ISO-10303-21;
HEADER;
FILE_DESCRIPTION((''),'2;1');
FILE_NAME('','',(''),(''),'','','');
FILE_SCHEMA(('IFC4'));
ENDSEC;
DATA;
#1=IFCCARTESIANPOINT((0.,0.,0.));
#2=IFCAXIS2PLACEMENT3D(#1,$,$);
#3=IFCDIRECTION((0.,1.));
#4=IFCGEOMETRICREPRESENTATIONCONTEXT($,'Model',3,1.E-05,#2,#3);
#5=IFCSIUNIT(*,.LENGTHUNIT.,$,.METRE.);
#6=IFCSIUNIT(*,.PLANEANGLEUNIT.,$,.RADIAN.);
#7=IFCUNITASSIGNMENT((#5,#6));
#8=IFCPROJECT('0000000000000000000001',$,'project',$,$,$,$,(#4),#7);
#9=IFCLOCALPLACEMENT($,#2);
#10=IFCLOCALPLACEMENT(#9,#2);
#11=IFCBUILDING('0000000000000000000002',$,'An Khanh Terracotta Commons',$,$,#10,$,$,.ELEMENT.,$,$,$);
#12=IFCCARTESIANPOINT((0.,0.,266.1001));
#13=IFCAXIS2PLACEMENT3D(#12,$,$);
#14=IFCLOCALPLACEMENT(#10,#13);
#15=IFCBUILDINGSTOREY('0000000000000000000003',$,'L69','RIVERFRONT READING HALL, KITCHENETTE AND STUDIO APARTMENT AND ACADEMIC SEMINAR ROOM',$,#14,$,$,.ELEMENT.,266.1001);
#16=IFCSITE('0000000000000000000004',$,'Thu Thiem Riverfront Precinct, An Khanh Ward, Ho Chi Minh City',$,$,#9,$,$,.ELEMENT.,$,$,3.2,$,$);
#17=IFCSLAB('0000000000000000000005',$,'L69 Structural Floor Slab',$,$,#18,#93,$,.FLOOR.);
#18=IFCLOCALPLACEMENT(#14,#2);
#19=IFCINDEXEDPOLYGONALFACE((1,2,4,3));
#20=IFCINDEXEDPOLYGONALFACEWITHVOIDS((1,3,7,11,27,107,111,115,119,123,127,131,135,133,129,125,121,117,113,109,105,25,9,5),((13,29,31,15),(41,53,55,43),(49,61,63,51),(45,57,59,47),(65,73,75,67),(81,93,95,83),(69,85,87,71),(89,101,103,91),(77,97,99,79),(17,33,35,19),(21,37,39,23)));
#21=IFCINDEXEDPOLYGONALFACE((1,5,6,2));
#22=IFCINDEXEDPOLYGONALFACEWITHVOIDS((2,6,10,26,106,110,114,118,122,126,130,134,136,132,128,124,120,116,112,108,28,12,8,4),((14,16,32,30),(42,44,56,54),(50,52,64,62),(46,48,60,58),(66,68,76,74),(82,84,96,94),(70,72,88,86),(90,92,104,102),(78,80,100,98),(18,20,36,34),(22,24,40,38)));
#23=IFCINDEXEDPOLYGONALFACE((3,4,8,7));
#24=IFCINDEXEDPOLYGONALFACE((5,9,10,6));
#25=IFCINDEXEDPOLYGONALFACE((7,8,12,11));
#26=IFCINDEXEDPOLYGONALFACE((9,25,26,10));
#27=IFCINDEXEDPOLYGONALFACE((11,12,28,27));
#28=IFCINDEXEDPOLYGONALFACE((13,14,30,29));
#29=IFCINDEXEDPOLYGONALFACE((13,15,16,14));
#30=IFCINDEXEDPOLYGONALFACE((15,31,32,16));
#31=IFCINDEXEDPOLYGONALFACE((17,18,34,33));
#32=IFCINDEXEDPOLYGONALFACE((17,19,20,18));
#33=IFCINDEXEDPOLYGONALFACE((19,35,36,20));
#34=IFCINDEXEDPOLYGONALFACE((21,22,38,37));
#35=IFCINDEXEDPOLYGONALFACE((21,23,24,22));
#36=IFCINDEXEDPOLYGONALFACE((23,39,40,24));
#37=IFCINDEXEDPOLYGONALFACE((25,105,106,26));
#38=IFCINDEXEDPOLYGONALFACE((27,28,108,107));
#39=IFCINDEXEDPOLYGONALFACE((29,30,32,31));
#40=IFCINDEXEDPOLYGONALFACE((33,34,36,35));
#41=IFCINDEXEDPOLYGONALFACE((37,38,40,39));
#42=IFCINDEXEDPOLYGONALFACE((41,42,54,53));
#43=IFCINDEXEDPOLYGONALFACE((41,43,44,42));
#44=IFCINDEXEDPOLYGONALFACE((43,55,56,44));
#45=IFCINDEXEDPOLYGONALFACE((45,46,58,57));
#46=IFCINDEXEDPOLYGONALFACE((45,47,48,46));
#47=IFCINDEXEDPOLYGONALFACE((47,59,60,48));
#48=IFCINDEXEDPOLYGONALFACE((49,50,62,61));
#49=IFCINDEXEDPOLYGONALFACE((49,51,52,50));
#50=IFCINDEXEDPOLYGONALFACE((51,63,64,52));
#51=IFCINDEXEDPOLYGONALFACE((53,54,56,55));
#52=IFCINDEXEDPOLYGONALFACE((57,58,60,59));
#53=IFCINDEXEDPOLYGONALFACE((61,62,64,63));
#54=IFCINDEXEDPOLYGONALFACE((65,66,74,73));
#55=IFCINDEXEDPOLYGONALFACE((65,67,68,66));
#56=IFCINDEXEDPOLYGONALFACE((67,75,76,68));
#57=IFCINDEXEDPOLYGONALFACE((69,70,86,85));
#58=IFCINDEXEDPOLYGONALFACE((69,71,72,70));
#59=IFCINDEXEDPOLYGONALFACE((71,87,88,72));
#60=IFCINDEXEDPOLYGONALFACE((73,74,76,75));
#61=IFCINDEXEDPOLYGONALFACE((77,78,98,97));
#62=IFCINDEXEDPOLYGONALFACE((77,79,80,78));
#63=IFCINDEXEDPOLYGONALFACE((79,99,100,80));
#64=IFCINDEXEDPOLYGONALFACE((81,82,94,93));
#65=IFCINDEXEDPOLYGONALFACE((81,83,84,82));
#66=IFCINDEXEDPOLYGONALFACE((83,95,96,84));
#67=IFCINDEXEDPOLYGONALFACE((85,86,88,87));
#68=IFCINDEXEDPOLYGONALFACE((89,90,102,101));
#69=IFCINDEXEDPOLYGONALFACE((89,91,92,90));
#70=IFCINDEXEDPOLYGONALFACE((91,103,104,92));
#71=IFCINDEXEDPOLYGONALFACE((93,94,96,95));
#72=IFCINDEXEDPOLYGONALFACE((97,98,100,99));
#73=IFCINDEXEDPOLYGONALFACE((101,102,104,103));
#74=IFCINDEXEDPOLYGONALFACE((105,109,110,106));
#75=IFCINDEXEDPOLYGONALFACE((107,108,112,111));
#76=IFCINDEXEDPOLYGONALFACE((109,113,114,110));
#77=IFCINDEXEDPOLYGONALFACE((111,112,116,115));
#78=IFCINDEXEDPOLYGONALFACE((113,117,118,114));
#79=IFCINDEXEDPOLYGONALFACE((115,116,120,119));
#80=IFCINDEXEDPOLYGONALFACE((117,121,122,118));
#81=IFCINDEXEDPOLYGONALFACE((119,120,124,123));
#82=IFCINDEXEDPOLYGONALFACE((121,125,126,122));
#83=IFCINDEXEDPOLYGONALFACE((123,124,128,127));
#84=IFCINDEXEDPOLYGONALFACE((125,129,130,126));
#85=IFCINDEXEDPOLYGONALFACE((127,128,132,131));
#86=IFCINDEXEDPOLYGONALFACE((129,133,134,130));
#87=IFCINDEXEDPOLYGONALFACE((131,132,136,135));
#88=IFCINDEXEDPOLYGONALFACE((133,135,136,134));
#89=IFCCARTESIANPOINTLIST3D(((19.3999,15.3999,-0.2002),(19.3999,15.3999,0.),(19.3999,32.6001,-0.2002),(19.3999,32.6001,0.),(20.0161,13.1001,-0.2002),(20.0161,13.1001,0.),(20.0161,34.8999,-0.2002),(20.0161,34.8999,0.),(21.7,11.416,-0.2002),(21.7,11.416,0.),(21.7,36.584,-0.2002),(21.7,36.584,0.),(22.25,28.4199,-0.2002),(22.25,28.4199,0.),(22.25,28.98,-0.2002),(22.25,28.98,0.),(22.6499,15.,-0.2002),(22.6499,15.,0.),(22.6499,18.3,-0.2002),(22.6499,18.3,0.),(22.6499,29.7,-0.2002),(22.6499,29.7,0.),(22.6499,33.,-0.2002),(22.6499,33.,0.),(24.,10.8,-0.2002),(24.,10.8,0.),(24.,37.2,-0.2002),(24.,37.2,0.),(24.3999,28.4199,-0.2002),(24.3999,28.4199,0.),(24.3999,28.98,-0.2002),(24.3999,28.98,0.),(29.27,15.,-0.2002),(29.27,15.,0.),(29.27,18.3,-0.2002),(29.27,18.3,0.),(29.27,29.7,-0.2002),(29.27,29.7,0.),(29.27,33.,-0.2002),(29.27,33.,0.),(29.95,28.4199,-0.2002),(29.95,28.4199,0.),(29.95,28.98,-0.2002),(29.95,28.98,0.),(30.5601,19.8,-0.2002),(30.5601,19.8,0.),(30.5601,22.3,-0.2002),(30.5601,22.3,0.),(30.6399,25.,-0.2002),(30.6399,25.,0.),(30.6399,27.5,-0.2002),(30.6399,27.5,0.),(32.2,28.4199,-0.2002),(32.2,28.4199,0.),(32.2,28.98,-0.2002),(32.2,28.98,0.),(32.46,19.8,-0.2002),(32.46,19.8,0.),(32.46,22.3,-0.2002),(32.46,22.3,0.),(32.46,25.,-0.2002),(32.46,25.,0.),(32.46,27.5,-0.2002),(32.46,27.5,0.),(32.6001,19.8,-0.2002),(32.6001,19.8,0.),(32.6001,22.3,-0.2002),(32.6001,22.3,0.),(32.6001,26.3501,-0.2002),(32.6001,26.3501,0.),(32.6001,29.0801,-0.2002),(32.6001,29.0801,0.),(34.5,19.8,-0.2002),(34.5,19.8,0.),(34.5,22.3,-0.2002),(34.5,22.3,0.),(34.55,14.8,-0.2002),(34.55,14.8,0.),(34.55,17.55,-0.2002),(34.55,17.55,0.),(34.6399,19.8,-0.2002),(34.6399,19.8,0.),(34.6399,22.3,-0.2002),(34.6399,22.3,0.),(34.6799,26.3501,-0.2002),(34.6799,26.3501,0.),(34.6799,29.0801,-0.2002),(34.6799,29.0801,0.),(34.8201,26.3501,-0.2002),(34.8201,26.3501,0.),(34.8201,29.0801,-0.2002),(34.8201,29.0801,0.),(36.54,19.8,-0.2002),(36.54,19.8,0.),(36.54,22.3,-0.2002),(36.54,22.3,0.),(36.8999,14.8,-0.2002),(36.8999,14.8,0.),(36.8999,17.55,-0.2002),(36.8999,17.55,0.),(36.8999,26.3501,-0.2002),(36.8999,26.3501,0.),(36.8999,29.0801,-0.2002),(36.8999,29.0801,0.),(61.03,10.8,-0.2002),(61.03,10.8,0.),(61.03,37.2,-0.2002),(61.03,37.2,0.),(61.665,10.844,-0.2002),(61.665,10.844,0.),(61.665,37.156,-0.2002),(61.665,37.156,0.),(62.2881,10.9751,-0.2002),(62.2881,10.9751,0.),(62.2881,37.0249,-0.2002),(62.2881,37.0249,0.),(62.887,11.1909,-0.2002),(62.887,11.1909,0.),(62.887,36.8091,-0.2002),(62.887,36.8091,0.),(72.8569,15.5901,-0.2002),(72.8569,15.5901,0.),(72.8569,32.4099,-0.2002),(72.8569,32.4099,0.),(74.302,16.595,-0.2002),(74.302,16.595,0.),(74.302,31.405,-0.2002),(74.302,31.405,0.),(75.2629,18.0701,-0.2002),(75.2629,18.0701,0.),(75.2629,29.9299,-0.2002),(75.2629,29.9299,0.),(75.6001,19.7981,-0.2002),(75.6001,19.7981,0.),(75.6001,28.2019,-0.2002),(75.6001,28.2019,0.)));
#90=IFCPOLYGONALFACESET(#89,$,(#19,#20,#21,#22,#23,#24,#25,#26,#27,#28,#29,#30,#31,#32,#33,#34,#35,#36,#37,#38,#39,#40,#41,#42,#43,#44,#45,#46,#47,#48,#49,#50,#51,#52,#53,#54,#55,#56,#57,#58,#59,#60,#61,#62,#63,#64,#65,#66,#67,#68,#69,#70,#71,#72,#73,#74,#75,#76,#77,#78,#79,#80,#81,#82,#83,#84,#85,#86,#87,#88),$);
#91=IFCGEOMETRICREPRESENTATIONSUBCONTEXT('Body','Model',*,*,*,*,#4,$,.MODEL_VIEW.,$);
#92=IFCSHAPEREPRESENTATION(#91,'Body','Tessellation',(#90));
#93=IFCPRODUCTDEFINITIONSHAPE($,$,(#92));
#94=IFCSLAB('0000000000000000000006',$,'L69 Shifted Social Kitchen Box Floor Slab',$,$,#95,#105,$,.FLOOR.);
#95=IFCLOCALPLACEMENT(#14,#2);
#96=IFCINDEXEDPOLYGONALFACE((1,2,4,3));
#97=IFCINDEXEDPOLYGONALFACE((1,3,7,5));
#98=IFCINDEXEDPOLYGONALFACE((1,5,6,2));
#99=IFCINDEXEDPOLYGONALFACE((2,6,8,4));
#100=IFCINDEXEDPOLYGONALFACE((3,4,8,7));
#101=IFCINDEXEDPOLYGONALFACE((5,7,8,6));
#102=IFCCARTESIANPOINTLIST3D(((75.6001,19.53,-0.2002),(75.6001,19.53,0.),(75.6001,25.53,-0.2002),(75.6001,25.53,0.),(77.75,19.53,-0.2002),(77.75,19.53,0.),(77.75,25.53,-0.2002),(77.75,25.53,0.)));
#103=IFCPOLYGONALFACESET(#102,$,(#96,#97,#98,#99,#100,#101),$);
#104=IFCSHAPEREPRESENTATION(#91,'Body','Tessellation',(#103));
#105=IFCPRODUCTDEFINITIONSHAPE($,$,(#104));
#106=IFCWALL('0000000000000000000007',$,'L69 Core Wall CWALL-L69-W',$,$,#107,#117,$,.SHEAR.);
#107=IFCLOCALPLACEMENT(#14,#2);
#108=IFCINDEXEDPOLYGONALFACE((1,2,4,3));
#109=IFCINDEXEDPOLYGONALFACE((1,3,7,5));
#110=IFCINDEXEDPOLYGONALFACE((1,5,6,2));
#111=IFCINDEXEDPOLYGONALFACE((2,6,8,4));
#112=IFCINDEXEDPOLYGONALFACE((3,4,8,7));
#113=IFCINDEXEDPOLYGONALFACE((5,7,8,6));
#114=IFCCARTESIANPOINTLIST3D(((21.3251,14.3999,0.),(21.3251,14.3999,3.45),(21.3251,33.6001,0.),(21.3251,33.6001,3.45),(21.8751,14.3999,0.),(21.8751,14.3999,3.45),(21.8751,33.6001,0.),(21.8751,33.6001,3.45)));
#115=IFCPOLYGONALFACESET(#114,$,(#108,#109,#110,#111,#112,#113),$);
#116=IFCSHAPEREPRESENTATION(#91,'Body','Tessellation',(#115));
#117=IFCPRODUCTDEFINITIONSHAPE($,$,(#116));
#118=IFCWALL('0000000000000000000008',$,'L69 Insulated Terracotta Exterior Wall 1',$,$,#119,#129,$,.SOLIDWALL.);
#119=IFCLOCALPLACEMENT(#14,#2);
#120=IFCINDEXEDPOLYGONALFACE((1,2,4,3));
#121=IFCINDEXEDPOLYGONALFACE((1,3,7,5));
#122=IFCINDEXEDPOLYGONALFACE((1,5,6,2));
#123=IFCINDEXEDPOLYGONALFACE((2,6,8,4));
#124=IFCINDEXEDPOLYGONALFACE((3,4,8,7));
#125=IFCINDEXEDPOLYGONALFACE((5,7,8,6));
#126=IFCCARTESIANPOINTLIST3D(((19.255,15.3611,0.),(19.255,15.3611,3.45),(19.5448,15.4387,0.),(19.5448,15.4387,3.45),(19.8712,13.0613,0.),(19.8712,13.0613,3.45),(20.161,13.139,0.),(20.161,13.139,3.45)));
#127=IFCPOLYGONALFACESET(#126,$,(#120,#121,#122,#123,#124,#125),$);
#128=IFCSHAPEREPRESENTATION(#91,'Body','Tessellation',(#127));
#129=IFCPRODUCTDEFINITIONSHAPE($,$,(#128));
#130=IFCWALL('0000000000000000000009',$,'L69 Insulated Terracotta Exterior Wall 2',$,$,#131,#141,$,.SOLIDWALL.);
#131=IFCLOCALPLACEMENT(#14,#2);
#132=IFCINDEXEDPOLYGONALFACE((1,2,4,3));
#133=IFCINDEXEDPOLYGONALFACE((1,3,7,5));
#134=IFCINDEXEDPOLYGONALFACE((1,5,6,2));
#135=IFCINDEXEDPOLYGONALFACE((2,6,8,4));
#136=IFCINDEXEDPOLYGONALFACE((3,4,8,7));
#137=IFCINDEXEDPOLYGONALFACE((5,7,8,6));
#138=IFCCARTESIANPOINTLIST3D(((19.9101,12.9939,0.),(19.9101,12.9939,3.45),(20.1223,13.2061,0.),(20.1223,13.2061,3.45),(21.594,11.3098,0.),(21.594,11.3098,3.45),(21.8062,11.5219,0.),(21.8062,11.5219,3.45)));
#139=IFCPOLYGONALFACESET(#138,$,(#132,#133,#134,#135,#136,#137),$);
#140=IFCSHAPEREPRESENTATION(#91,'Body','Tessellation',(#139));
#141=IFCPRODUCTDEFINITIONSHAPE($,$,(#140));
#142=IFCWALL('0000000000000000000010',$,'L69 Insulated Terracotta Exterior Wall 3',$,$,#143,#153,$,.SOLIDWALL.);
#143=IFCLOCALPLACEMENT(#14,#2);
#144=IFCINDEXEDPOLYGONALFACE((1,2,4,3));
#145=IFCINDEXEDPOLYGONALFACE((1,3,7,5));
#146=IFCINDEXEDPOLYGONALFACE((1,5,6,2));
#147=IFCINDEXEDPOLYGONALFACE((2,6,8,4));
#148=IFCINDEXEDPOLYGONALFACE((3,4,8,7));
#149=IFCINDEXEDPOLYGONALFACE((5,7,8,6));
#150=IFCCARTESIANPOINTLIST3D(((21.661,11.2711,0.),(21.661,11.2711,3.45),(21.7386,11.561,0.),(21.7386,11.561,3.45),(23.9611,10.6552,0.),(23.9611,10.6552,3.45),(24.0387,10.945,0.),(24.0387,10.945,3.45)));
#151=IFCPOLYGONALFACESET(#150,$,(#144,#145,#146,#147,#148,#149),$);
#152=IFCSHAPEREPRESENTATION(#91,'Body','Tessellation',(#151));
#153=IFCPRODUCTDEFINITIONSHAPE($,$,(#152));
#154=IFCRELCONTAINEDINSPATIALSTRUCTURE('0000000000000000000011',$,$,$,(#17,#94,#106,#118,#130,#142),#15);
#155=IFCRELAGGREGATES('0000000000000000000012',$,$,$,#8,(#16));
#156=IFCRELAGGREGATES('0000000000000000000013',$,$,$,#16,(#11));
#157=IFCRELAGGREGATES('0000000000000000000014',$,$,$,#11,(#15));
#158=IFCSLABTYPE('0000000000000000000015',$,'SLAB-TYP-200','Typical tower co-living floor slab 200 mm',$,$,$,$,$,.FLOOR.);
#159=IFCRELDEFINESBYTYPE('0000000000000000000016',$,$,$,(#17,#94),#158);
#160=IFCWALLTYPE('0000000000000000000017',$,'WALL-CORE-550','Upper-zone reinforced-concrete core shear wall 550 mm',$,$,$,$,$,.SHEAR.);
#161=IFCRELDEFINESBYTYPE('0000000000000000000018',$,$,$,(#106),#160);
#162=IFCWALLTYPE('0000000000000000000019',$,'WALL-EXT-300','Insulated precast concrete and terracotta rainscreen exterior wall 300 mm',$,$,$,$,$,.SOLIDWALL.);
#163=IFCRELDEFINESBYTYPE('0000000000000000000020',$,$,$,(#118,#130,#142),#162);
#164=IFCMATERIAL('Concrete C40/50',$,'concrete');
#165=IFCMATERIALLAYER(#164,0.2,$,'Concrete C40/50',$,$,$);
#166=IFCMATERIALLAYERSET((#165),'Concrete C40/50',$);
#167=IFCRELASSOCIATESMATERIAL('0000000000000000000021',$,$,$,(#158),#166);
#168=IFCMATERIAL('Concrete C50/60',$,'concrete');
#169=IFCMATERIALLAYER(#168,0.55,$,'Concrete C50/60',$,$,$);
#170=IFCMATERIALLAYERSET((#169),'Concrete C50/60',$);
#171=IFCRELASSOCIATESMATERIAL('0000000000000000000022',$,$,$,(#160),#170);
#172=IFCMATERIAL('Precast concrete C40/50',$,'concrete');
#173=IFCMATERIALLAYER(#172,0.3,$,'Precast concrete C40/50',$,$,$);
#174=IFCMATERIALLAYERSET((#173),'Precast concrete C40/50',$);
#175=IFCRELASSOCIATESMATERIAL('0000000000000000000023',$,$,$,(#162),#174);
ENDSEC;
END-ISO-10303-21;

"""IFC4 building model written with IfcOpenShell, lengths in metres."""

from ifc_helpers import new_model, si_unit, direction, frame, frame_2d, origin, place, context, subcontext, project, spatial, polyline, rectangle, outline, extrude, material, layer, layer_set, type_object, element, save


model = new_model("IFC4")

# Units and contexts
model_context = context("Model", 3, precision=1e-05, world=origin(), true_north=direction((0.0, 1.0)))
body_context = subcontext(model_context, "Body", "Model", "MODEL_VIEW")
ifc_project = project(units=[si_unit("LENGTHUNIT", "METRE"), si_unit("PLANEANGLEUNIT", "RADIAN")], contexts=[model_context])

# Site, building, storey
site_placement = place(None, origin())
site = spatial("IfcSite", under=ifc_project, at=site_placement, Name="Thu Thiem Riverfront Precinct, An Khanh Ward, Ho Chi Minh City", CompositionType="ELEMENT", RefElevation=3.2)
building_placement = place(site_placement, origin())
building = spatial("IfcBuilding", under=site, at=building_placement, Name="An Khanh Terracotta Commons", CompositionType="ELEMENT")
storey_placement = place(building_placement, frame((0.0, 0.0, 266.1001)))
storey = spatial("IfcBuildingStorey", under=building, at=storey_placement, Name="L69", Description="RIVERFRONT READING HALL, KITCHENETTE AND STUDIO APARTMENT AND ACADEMIC SEMINAR ROOM", CompositionType="ELEMENT", Elevation=266.1001)

# Shared definitions
ifc_material_1 = material(Name="Concrete C50/60", Category="concrete")

# Shared definitions
ifc_material_2 = material(Name="Concrete C40/50", Category="concrete")

# Shared definitions
ifc_material_3 = material(Name="Precast concrete C40/50", Category="concrete")

# Slabs
ifc_layer_1 = layer(ifc_material_2, 0.2, Name="Concrete C40/50")
ifc_layer_set_1 = layer_set([ifc_layer_1], Name="Concrete C40/50")
slab_type_1 = type_object("IfcSlabType", Name="SLAB-TYP-200", Description="Typical tower co-living floor slab 200 mm", PredefinedType="FLOOR", material=ifc_layer_set_1)
slab_1_placement = place(storey_placement, frame((0.0, 0.0, -0.2002)))
element("IfcSlab", 1, at=slab_1_placement, inside=storey, type_object=slab_type_1, Name="L69 Structural Floor Slab", PredefinedType="FLOOR", context=body_context, shape_type="SweptSolid", body=[
    extrude(outline(polyline([(19.3999, 15.3999), (20.0161, 13.1001), (21.7, 11.416), (24.0, 10.8), (61.03, 10.8), (61.665, 10.844), (62.2881, 10.9751), (62.887, 11.1909), (72.8569, 15.5901), (74.302, 16.595), (75.2629, 18.0701), (75.6001, 19.7981), (75.6001, 28.2019), (75.2629, 29.9299), (74.302, 31.405), (72.8569, 32.4099), (62.887, 36.8091), (62.2881, 37.0249), (61.665, 37.156), (61.03, 37.2), (24.0, 37.2), (21.7, 36.584), (20.0161, 34.8999), (19.3999, 32.6001), (19.3999, 15.3999)]), holes=[polyline([(22.6499, 29.7), (29.27, 29.7), (29.27, 33.0), (22.6499, 33.0), (22.6499, 29.7)]), polyline([(22.6499, 15.0), (29.27, 15.0), (29.27, 18.3), (22.6499, 18.3), (22.6499, 15.0)]), polyline([(32.6001, 26.3501), (34.6799, 26.3501), (34.6799, 29.0801), (32.6001, 29.0801), (32.6001, 26.3501)]), polyline([(34.8201, 26.3501), (36.8999, 26.3501), (36.8999, 29.0801), (34.8201, 29.0801), (34.8201, 26.3501)]), polyline([(34.55, 14.8), (36.8999, 14.8), (36.8999, 17.55), (34.55, 17.55), (34.55, 14.8)]), polyline([(30.6399, 25.0), (32.46, 25.0), (32.46, 27.5), (30.6399, 27.5), (30.6399, 25.0)]), polyline([(30.5601, 19.8), (32.46, 19.8), (32.46, 22.3), (30.5601, 22.3), (30.5601, 19.8)]), polyline([(32.6001, 19.8), (34.5, 19.8), (34.5, 22.3), (32.6001, 22.3), (32.6001, 19.8)]), polyline([(34.6399, 19.8), (36.54, 19.8), (36.54, 22.3), (34.6399, 22.3), (34.6399, 19.8)]), polyline([(22.25, 28.4199), (24.3999, 28.4199), (24.3999, 28.98), (22.25, 28.98), (22.25, 28.4199)]), polyline([(29.95, 28.4199), (32.2, 28.4199), (32.2, 28.98), (29.95, 28.98), (29.95, 28.4199)])]), origin(), (0.0, 0.0, 1.0), 0.2002),
])
slab_2_placement = place(storey_placement, frame((0.0, 0.0, -0.2002)))
element("IfcSlab", 2, at=slab_2_placement, inside=storey, type_object=slab_type_1, Name="L69 Shifted Social Kitchen Box Floor Slab", PredefinedType="FLOOR", context=body_context, shape_type="SweptSolid", body=[
    extrude(outline(polyline([(75.6001, 19.53), (77.75, 19.53), (77.75, 25.53), (75.6001, 25.53), (75.6001, 19.53)])), origin(), (0.0, 0.0, 1.0), 0.2002),
])

# Walls
ifc_layer_2 = layer(ifc_material_1, 0.55, Name="Concrete C50/60")
ifc_layer_set_2 = layer_set([ifc_layer_2], Name="Concrete C50/60")
wall_type_1 = type_object("IfcWallType", Name="WALL-CORE-550", Description="Upper-zone reinforced-concrete core shear wall 550 mm", PredefinedType="SHEAR", material=ifc_layer_set_2)
wall_1_placement = place(storey_placement, frame((21.6001, 14.3999, 0.0), z_axis=(0.0, 0.0, 1.0), x_axis=(0.0, 1.0, 0.0)))
element("IfcWall", 3, at=wall_1_placement, inside=storey, type_object=wall_type_1, Name="L69 Core Wall CWALL-L69-W", PredefinedType="SHEAR", context=body_context, shape_type="SweptSolid", body=[
    extrude(rectangle(XDim=19.2002, YDim=0.55, at=frame_2d((9.6001, 0.0))), origin(), (0.0, 0.0, 1.0), 3.45),
])
ifc_layer_3 = layer(ifc_material_3, 0.3, Name="Precast concrete C40/50")
ifc_layer_set_3 = layer_set([ifc_layer_3], Name="Precast concrete C40/50")
wall_type_2 = type_object("IfcWallType", Name="WALL-EXT-300", Description="Insulated precast concrete and terracotta rainscreen exterior wall 300 mm", PredefinedType="SOLIDWALL", material=ifc_layer_set_3)
wall_2_placement = place(storey_placement, frame((19.3999, 15.3999, 0.0), z_axis=(0.0, 0.0, 1.0), x_axis=(0.258811, -0.965928, 0.0)))
element("IfcWall", 4, at=wall_2_placement, inside=storey, type_object=wall_type_2, Name="L69 Insulated Terracotta Exterior Wall 1", PredefinedType="SOLIDWALL", context=body_context, shape_type="SweptSolid", body=[
    extrude(rectangle(XDim=2.3809, YDim=0.3, at=frame_2d((1.1904, 0.0))), origin(), (0.0, 0.0, 1.0), 3.45),
])
wall_3_placement = place(storey_placement, frame((20.0161, 13.1001, 0.0), z_axis=(0.0, 0.0, 1.0), x_axis=(0.707056, -0.707158, 0.0)))
element("IfcWall", 5, at=wall_3_placement, inside=storey, type_object=wall_type_2, Name="L69 Insulated Terracotta Exterior Wall 2", PredefinedType="SOLIDWALL", context=body_context, shape_type="SweptSolid", body=[
    extrude(rectangle(XDim=2.3816, YDim=0.3, at=frame_2d((1.1909, 0.0))), origin(), (0.0, 0.0, 1.0), 3.45),
])
wall_4_placement = place(storey_placement, frame((21.7, 11.416, 0.0), z_axis=(0.0, 0.0, 1.0), x_axis=(0.96596, -0.25869, 0.0)))
element("IfcWall", 6, at=wall_4_placement, inside=storey, type_object=wall_type_2, Name="L69 Insulated Terracotta Exterior Wall 3", PredefinedType="SOLIDWALL", context=body_context, shape_type="SweptSolid", body=[
    extrude(rectangle(XDim=2.3811, YDim=0.3, at=frame_2d((1.1904, 0.0))), origin(), (0.0, 0.0, 1.0), 3.45),
])

save(model, "model.ifc")
